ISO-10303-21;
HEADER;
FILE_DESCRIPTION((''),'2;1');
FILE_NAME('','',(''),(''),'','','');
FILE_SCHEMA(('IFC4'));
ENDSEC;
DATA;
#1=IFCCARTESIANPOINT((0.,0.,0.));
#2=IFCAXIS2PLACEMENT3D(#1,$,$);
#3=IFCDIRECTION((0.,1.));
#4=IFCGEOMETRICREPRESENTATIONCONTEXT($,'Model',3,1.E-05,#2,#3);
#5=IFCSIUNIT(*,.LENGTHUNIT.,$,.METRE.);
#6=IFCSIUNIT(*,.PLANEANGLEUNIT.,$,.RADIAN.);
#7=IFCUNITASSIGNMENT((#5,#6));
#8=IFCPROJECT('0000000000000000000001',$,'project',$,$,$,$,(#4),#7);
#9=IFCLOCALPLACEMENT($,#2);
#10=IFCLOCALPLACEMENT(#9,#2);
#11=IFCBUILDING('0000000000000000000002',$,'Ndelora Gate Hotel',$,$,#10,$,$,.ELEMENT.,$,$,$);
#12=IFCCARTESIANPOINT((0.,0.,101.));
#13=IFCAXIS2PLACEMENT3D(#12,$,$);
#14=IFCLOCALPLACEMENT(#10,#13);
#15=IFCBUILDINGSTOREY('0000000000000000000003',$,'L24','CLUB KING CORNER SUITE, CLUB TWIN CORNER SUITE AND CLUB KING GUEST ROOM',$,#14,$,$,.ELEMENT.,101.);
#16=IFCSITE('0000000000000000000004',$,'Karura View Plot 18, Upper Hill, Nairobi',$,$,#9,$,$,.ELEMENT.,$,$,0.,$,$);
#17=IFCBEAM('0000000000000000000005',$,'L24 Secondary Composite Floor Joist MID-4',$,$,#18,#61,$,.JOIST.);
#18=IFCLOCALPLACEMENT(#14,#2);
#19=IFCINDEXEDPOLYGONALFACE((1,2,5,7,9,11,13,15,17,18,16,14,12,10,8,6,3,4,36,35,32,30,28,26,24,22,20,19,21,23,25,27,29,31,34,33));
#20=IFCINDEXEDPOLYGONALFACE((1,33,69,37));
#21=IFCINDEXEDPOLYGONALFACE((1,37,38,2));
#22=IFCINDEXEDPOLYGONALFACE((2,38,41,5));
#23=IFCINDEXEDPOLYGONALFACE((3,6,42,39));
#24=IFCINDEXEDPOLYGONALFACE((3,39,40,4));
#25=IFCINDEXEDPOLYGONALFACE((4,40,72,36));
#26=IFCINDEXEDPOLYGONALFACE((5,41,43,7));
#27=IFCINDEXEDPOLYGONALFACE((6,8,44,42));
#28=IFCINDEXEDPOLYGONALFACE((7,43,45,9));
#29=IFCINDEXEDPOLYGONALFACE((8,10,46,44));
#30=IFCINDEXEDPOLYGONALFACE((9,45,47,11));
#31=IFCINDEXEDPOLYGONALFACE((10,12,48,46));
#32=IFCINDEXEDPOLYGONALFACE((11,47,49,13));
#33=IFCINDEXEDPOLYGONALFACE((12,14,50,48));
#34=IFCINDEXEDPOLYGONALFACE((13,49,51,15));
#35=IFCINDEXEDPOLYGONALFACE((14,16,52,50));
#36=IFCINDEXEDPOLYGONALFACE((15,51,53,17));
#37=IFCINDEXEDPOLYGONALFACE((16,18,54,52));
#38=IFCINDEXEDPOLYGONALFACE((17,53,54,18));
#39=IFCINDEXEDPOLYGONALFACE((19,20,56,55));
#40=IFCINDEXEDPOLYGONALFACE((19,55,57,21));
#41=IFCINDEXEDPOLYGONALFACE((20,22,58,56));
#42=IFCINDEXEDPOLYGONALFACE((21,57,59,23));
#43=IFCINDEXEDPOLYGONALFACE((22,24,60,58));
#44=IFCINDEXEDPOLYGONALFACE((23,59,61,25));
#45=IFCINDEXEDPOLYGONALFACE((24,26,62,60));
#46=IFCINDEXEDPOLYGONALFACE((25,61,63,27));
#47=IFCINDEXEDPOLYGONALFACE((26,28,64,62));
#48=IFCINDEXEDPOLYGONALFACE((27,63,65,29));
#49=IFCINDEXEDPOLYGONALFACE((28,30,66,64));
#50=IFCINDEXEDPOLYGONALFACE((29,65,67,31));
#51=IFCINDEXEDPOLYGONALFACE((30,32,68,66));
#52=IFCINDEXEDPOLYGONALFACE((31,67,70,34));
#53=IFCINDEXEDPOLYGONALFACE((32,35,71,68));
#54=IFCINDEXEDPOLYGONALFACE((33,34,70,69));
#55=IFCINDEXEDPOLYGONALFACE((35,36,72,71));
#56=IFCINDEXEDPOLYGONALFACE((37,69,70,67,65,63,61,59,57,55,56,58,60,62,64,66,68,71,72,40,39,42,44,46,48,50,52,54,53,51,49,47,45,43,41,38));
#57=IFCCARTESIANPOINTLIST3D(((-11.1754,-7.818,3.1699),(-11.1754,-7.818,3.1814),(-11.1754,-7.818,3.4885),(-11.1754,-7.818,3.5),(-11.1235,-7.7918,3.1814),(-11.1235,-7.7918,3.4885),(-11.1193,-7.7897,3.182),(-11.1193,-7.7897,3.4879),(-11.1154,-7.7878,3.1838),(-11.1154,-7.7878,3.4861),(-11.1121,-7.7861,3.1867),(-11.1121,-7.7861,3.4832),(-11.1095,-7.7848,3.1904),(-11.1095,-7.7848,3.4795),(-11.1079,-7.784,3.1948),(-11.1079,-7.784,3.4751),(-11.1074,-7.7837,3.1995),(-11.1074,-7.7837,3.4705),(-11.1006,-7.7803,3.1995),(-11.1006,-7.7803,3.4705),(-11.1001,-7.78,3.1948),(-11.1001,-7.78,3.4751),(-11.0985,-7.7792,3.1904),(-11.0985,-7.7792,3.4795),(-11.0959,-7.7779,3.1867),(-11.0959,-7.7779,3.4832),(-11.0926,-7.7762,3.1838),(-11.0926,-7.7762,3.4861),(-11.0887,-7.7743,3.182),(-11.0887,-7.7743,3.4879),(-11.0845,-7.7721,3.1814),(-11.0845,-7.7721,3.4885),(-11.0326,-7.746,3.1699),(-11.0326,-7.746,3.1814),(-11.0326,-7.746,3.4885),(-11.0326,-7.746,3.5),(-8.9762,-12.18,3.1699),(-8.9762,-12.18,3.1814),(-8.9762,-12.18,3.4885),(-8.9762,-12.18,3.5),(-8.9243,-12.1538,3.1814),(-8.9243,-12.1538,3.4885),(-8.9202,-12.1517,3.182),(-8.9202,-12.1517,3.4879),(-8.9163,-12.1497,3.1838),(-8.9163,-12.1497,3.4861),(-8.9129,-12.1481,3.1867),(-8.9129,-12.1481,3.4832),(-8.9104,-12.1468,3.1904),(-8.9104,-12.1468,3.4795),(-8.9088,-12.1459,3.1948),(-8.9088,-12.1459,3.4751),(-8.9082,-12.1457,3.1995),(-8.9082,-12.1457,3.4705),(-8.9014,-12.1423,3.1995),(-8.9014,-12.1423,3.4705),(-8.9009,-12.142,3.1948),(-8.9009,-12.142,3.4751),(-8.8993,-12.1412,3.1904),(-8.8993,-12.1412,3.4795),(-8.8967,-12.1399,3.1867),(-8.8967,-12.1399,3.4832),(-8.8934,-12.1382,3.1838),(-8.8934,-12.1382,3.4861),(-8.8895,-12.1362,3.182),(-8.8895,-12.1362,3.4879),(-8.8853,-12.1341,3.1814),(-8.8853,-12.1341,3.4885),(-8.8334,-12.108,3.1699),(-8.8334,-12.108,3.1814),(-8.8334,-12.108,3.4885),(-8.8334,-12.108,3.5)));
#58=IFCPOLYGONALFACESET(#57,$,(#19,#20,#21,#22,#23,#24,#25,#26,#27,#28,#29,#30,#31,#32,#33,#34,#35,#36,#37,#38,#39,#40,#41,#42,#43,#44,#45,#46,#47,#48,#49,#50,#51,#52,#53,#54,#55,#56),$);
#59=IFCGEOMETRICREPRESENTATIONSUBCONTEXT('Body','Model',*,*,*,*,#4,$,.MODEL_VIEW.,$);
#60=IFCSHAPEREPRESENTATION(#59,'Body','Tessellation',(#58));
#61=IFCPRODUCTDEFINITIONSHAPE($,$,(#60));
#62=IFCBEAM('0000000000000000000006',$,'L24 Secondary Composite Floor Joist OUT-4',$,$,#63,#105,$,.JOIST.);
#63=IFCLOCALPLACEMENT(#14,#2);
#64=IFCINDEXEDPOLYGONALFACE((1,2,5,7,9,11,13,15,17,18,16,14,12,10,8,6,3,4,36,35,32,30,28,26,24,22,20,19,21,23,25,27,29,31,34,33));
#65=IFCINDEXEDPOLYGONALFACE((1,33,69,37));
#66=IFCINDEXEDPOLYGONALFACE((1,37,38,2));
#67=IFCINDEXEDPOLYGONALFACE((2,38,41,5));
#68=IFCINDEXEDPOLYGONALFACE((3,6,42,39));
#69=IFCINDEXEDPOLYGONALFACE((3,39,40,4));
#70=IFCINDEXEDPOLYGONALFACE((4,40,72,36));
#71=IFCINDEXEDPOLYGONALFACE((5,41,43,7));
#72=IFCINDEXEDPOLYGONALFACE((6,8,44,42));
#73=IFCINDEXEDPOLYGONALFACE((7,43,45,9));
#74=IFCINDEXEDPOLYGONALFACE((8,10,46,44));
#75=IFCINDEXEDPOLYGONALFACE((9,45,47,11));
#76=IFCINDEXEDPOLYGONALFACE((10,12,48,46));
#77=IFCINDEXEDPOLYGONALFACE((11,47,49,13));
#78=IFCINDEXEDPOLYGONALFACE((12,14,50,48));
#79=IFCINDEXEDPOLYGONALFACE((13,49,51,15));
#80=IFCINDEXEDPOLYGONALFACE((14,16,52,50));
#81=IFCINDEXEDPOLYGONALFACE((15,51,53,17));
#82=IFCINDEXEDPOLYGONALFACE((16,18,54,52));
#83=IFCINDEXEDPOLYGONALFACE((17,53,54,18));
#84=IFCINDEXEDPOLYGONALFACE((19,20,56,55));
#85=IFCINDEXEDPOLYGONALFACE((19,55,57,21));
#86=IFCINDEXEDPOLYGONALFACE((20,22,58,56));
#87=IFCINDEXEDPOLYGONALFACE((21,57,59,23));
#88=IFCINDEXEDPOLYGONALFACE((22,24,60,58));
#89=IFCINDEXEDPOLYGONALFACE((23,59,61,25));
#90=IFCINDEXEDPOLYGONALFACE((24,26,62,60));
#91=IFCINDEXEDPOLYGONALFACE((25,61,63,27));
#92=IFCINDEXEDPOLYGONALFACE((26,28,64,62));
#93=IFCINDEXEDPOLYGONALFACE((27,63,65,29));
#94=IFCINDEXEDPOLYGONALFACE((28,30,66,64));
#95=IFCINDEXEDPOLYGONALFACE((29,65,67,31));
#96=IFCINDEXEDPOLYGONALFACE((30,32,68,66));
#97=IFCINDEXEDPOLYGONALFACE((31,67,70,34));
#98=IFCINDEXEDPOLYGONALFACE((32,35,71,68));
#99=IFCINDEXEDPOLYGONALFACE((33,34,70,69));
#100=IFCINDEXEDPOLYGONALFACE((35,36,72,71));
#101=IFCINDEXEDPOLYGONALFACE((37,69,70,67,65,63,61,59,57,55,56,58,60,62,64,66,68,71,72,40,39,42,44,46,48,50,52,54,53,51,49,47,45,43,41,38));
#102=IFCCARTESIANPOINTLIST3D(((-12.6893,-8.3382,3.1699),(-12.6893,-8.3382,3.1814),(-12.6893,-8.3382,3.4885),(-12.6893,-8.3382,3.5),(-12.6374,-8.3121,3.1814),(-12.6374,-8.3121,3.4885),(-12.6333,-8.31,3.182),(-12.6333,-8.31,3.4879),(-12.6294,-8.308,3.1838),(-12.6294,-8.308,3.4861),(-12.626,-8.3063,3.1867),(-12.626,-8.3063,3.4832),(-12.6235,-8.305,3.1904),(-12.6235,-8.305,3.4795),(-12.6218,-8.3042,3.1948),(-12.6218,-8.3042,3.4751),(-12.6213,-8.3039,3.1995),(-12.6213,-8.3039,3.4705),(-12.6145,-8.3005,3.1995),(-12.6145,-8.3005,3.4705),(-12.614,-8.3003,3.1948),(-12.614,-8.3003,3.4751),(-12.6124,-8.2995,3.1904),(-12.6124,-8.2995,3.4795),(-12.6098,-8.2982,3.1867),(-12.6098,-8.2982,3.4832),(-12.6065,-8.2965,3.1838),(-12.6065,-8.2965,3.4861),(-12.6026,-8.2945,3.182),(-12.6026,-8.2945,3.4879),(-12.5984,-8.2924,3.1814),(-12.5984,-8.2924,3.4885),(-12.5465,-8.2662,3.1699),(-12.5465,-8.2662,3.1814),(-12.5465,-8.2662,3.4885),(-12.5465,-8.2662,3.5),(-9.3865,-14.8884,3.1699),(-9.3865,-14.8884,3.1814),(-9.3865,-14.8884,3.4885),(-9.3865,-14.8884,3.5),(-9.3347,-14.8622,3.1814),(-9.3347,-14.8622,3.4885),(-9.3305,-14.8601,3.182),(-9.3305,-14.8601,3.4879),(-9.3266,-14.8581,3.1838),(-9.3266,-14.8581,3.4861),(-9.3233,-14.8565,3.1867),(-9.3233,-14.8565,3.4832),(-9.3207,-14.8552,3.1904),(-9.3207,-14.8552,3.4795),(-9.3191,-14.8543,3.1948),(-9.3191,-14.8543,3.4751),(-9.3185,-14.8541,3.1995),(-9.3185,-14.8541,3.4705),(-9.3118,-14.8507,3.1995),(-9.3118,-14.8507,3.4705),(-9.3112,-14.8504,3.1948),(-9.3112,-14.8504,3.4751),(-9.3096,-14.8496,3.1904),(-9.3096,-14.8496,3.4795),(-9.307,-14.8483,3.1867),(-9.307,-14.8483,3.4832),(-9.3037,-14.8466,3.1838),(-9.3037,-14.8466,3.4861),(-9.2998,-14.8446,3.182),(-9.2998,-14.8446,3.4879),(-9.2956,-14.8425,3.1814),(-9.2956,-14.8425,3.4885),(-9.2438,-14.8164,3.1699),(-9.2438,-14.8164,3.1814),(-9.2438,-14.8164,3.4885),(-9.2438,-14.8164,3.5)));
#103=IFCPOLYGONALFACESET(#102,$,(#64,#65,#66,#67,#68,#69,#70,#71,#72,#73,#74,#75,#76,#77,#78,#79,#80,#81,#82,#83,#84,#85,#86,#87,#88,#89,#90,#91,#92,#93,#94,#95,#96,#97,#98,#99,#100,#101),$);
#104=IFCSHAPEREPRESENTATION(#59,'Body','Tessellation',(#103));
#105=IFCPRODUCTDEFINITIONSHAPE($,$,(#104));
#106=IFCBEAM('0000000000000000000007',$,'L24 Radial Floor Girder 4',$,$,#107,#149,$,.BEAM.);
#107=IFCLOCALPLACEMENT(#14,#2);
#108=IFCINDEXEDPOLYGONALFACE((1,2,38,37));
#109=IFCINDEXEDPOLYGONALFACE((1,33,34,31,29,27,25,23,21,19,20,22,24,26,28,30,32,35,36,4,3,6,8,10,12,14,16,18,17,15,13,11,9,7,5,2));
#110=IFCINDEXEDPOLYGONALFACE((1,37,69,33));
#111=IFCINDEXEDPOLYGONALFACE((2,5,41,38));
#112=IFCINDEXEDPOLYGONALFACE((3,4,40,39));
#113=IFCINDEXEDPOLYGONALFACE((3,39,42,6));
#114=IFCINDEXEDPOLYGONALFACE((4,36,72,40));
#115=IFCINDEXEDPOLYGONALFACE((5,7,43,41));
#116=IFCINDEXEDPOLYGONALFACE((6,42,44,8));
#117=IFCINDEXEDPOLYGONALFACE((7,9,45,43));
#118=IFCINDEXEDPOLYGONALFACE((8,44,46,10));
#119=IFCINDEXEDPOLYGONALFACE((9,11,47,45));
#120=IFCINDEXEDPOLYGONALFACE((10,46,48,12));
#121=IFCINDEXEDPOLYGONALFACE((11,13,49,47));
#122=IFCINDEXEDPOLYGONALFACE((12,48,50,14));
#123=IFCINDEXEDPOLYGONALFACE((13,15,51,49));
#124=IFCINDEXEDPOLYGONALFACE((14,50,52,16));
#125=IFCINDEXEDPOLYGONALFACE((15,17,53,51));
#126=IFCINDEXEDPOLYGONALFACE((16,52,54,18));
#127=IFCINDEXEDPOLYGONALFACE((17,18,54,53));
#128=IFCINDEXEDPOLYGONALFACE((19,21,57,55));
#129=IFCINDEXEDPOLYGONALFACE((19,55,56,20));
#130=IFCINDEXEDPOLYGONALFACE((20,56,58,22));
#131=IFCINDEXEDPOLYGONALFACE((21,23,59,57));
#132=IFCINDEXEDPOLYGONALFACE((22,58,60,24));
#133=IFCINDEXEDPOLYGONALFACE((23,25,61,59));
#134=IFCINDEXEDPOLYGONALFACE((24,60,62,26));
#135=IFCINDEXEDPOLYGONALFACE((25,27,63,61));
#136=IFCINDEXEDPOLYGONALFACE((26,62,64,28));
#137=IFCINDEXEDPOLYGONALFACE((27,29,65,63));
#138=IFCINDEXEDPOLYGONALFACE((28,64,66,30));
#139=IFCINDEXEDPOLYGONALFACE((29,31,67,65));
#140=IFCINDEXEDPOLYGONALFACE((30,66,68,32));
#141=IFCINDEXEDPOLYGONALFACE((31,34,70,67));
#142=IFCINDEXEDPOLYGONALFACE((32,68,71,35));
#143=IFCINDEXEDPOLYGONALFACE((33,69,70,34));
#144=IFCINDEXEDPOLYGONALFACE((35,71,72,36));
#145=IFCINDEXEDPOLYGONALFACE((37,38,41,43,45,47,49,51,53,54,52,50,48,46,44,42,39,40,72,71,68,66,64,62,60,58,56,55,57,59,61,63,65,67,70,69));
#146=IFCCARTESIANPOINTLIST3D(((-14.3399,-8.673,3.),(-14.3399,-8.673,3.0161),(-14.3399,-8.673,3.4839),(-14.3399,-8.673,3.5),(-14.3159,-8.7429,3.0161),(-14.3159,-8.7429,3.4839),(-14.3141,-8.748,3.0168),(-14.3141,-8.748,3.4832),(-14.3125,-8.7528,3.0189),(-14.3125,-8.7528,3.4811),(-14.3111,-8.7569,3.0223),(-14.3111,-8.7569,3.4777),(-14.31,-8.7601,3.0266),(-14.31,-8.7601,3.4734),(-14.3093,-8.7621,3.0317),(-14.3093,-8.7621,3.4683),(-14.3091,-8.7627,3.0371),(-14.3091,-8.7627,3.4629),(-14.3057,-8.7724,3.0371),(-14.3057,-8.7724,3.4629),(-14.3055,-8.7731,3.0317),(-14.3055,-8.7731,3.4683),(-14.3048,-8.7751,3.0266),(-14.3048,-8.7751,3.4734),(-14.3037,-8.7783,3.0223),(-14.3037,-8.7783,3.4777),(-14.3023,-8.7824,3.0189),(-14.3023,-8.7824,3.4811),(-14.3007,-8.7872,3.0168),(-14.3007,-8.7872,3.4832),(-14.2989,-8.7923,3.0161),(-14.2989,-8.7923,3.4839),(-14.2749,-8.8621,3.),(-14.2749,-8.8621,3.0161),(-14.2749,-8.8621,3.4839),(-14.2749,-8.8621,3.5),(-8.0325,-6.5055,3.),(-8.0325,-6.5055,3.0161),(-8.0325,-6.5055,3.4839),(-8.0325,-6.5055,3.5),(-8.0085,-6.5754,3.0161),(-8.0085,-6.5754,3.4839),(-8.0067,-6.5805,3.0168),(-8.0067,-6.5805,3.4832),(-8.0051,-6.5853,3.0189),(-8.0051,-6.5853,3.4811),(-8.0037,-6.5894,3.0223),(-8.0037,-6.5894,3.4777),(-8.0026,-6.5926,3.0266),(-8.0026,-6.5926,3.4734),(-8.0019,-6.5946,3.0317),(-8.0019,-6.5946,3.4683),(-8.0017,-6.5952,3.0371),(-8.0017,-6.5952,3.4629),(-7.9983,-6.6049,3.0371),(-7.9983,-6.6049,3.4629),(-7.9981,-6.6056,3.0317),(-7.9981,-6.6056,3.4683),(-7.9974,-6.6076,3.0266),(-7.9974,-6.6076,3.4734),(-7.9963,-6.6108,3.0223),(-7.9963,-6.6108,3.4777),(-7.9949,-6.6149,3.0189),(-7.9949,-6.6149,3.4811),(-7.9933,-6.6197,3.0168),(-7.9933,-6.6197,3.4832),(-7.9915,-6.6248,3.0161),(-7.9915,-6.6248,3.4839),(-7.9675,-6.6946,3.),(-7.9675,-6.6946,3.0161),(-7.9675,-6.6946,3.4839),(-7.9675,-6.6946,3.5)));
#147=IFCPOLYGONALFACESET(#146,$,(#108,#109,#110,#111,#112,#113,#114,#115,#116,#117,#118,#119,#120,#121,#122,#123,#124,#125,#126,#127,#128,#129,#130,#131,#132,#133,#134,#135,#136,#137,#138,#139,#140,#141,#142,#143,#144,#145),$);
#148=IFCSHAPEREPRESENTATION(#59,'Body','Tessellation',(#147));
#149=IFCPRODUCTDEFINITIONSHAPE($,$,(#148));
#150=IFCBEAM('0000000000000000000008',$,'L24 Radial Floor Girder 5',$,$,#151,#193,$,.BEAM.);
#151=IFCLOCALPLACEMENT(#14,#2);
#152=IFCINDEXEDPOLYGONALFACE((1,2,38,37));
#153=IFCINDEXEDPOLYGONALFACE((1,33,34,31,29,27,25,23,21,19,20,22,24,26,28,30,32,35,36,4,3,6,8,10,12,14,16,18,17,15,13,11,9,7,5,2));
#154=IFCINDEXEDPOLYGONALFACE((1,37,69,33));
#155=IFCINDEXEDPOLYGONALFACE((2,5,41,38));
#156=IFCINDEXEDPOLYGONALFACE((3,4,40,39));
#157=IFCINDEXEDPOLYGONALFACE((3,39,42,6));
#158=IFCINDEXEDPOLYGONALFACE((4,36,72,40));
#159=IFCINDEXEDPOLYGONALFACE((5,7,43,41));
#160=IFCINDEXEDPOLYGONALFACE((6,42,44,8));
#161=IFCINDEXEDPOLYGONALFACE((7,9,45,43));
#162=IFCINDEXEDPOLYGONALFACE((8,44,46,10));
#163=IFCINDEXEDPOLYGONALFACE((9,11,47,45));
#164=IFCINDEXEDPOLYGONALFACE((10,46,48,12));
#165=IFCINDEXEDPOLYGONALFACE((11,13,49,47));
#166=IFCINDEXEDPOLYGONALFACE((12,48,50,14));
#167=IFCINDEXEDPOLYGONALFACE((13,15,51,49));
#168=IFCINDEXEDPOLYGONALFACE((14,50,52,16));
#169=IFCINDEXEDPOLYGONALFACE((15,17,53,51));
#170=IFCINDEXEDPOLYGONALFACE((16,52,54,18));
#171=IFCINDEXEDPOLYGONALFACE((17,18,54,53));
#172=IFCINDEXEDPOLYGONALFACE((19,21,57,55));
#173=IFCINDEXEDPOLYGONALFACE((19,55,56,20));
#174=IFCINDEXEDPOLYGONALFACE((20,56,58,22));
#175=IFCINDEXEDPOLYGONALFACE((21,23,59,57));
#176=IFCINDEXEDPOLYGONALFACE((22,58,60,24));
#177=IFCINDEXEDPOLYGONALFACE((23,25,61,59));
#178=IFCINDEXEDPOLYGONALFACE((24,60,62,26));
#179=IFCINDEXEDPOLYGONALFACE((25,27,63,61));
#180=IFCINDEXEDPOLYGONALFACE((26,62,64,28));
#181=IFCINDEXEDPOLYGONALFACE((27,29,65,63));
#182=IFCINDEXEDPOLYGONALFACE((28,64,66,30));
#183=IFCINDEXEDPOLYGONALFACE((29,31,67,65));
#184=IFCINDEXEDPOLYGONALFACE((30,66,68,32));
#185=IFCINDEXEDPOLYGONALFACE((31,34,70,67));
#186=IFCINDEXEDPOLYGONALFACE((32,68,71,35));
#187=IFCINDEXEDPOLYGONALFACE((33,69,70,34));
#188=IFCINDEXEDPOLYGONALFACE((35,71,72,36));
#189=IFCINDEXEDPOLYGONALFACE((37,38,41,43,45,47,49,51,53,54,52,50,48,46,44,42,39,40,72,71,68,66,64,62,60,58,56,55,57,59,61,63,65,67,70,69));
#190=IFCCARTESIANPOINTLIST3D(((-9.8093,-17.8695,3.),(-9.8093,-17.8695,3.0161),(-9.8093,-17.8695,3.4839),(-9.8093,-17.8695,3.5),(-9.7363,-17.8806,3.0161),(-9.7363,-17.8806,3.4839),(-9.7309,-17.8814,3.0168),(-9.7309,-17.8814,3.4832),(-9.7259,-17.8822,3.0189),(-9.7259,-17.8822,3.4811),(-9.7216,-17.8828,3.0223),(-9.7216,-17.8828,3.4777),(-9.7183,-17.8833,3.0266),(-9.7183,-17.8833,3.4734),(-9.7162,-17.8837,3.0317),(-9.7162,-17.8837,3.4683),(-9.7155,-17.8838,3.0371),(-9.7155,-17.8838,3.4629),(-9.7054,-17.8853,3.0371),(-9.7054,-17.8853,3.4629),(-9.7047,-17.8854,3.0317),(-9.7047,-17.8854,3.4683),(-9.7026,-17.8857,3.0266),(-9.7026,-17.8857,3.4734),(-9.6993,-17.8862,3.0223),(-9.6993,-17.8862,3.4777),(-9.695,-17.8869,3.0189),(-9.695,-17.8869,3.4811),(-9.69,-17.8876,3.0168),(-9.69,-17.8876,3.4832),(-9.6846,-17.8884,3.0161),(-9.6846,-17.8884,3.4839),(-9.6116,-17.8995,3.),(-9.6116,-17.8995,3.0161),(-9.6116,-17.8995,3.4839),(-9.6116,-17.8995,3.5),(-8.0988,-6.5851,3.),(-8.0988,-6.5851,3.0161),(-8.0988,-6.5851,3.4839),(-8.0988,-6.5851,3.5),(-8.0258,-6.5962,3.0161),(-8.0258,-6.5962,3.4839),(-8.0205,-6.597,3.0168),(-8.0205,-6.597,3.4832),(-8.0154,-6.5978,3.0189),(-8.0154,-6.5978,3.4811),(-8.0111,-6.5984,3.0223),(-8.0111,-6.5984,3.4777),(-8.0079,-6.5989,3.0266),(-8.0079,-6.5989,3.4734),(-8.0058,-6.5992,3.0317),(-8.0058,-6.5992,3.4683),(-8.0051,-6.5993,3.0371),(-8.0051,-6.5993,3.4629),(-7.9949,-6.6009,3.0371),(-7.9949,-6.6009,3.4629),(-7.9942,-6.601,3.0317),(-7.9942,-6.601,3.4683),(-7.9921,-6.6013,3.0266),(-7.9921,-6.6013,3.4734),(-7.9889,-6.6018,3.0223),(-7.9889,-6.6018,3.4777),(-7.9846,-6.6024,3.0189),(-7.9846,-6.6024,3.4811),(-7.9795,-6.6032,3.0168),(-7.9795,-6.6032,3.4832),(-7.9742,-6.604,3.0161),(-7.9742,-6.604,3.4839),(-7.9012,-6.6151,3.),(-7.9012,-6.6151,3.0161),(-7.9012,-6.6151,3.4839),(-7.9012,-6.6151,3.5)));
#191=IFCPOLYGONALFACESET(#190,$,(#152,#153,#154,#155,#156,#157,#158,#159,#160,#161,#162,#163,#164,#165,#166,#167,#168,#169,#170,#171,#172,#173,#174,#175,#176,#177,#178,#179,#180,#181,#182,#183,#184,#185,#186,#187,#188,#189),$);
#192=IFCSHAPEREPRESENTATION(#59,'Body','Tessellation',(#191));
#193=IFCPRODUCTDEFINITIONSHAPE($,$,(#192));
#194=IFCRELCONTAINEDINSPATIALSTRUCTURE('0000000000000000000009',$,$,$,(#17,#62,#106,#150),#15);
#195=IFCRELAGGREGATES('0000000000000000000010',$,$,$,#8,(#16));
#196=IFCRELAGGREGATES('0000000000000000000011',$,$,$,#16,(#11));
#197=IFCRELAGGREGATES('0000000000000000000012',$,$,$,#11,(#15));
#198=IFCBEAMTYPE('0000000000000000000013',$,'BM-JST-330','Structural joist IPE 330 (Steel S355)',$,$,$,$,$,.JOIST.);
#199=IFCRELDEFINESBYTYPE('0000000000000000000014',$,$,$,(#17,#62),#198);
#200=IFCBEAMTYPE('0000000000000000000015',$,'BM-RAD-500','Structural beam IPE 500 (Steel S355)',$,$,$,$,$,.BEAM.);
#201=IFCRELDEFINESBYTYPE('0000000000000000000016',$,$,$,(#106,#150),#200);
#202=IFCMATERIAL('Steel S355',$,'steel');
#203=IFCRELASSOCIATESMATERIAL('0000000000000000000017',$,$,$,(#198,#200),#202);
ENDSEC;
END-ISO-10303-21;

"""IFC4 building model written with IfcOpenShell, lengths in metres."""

from ifc_helpers import new_model, si_unit, direction, frame, origin, origin_2d, place, context, subcontext, project, spatial, i_section, extrude, material, material_profile, profile_set, type_object, element, save


model = new_model("IFC4")

# Units and contexts
model_context = context("Model", 3, precision=1e-05, world=origin(), true_north=direction((0.0, 1.0)))
body_context = subcontext(model_context, "Body", "Model", "MODEL_VIEW")
ifc_project = project(units=[si_unit("LENGTHUNIT", "METRE"), si_unit("PLANEANGLEUNIT", "RADIAN")], contexts=[model_context])

# Site, building, storey
site_placement = place(None, origin())
site = spatial("IfcSite", under=ifc_project, at=site_placement, Name="Karura View Plot 18, Upper Hill, Nairobi", CompositionType="ELEMENT", RefElevation=0.0)
building_placement = place(site_placement, origin())
building = spatial("IfcBuilding", under=site, at=building_placement, Name="Ndelora Gate Hotel", CompositionType="ELEMENT")
storey_placement = place(building_placement, frame((0.0, 0.0, 101.0)))
storey = spatial("IfcBuildingStorey", under=building, at=storey_placement, Name="L24", Description="CLUB KING CORNER SUITE, CLUB TWIN CORNER SUITE AND CLUB KING GUEST ROOM", CompositionType="ELEMENT", Elevation=101.0)

# Beams
ifc_material_1 = material(Name="Steel S355", Category="steel")
ifc_material_profile_1 = material_profile(ifc_material_1, i_section(OverallWidth=0.1599, OverallDepth=0.3301, WebThickness=0.0076, FlangeThickness=0.0115, FilletRadius=0.0181, at=origin_2d()), Name="IPE 330")
ifc_profile_set_1 = profile_set([ifc_material_profile_1], Name="Steel S355")
beam_type_1 = type_object("IfcBeamType", Name="BM-JST-330", Description="Structural joist IPE 330 (Steel S355)", PredefinedType="JOIST", material=ifc_profile_set_1)
beam_1_placement = place(storey_placement, frame((-11.104, -7.782, 3.335), z_axis=(0.45019, -0.892933, 0.0), x_axis=(0.892933, 0.45019, 0.0)))
element("IfcBeam", 1, at=beam_1_placement, inside=storey, type_object=beam_type_1, Name="L24 Secondary Composite Floor Joist MID-4", PredefinedType="JOIST", context=body_context, shape_type="SweptSolid", body=[
    extrude(i_section(OverallWidth=0.1599, OverallDepth=0.3301, WebThickness=0.0076, FlangeThickness=0.0115, FilletRadius=0.0181, at=origin_2d()), origin(), (0.0, 0.0, 1.0), 4.885),
])
beam_2_placement = place(storey_placement, frame((-12.6179, -8.3022, 3.335), z_axis=(0.450233, -0.892911, 0.0), x_axis=(0.892911, 0.450233, 0.0)))
element("IfcBeam", 2, at=beam_2_placement, inside=storey, type_object=beam_type_1, Name="L24 Secondary Composite Floor Joist OUT-4", PredefinedType="JOIST", context=body_context, shape_type="SweptSolid", body=[
    extrude(i_section(OverallWidth=0.1599, OverallDepth=0.3301, WebThickness=0.0076, FlangeThickness=0.0115, FilletRadius=0.0181, at=origin_2d()), origin(), (0.0, 0.0, 1.0), 7.3357),
])
ifc_material_profile_2 = material_profile(ifc_material_1, i_section(OverallWidth=0.2, OverallDepth=0.5, WebThickness=0.0103, FlangeThickness=0.0161, FilletRadius=0.021, at=origin_2d()), Name="IPE 500")
ifc_profile_set_2 = profile_set([ifc_material_profile_2], Name="Steel S355")
beam_type_2 = type_object("IfcBeamType", Name="BM-RAD-500", Description="Structural beam IPE 500 (Steel S355)", PredefinedType="BEAM", material=ifc_profile_set_2)
beam_3_placement = place(storey_placement, frame((-8.0, -6.6001, 3.25), z_axis=(-0.945718, -0.324989, 0.0), x_axis=(0.324989, -0.945718, 0.0)))
element("IfcBeam", 3, at=beam_3_placement, inside=storey, type_object=beam_type_2, Name="L24 Radial Floor Girder 4", PredefinedType="BEAM", context=body_context, shape_type="SweptSolid", body=[
    extrude(i_section(OverallWidth=0.2, OverallDepth=0.5, WebThickness=0.0103, FlangeThickness=0.0161, FilletRadius=0.021, at=origin_2d()), origin(), (0.0, 0.0, 1.0), 6.6694),
])
beam_4_placement = place(storey_placement, frame((-8.0, -6.6001, 3.25), z_axis=(-0.149864, -0.988707, 0.0), x_axis=(0.988707, -0.149864, 0.0)))
element("IfcBeam", 4, at=beam_4_placement, inside=storey, type_object=beam_type_2, Name="L24 Radial Floor Girder 5", PredefinedType="BEAM", context=body_context, shape_type="SweptSolid", body=[
    extrude(i_section(OverallWidth=0.2, OverallDepth=0.5, WebThickness=0.0103, FlangeThickness=0.0161, FilletRadius=0.021, at=origin_2d()), origin(), (0.0, 0.0, 1.0), 11.4133),
])

save(model, "model.ifc")
